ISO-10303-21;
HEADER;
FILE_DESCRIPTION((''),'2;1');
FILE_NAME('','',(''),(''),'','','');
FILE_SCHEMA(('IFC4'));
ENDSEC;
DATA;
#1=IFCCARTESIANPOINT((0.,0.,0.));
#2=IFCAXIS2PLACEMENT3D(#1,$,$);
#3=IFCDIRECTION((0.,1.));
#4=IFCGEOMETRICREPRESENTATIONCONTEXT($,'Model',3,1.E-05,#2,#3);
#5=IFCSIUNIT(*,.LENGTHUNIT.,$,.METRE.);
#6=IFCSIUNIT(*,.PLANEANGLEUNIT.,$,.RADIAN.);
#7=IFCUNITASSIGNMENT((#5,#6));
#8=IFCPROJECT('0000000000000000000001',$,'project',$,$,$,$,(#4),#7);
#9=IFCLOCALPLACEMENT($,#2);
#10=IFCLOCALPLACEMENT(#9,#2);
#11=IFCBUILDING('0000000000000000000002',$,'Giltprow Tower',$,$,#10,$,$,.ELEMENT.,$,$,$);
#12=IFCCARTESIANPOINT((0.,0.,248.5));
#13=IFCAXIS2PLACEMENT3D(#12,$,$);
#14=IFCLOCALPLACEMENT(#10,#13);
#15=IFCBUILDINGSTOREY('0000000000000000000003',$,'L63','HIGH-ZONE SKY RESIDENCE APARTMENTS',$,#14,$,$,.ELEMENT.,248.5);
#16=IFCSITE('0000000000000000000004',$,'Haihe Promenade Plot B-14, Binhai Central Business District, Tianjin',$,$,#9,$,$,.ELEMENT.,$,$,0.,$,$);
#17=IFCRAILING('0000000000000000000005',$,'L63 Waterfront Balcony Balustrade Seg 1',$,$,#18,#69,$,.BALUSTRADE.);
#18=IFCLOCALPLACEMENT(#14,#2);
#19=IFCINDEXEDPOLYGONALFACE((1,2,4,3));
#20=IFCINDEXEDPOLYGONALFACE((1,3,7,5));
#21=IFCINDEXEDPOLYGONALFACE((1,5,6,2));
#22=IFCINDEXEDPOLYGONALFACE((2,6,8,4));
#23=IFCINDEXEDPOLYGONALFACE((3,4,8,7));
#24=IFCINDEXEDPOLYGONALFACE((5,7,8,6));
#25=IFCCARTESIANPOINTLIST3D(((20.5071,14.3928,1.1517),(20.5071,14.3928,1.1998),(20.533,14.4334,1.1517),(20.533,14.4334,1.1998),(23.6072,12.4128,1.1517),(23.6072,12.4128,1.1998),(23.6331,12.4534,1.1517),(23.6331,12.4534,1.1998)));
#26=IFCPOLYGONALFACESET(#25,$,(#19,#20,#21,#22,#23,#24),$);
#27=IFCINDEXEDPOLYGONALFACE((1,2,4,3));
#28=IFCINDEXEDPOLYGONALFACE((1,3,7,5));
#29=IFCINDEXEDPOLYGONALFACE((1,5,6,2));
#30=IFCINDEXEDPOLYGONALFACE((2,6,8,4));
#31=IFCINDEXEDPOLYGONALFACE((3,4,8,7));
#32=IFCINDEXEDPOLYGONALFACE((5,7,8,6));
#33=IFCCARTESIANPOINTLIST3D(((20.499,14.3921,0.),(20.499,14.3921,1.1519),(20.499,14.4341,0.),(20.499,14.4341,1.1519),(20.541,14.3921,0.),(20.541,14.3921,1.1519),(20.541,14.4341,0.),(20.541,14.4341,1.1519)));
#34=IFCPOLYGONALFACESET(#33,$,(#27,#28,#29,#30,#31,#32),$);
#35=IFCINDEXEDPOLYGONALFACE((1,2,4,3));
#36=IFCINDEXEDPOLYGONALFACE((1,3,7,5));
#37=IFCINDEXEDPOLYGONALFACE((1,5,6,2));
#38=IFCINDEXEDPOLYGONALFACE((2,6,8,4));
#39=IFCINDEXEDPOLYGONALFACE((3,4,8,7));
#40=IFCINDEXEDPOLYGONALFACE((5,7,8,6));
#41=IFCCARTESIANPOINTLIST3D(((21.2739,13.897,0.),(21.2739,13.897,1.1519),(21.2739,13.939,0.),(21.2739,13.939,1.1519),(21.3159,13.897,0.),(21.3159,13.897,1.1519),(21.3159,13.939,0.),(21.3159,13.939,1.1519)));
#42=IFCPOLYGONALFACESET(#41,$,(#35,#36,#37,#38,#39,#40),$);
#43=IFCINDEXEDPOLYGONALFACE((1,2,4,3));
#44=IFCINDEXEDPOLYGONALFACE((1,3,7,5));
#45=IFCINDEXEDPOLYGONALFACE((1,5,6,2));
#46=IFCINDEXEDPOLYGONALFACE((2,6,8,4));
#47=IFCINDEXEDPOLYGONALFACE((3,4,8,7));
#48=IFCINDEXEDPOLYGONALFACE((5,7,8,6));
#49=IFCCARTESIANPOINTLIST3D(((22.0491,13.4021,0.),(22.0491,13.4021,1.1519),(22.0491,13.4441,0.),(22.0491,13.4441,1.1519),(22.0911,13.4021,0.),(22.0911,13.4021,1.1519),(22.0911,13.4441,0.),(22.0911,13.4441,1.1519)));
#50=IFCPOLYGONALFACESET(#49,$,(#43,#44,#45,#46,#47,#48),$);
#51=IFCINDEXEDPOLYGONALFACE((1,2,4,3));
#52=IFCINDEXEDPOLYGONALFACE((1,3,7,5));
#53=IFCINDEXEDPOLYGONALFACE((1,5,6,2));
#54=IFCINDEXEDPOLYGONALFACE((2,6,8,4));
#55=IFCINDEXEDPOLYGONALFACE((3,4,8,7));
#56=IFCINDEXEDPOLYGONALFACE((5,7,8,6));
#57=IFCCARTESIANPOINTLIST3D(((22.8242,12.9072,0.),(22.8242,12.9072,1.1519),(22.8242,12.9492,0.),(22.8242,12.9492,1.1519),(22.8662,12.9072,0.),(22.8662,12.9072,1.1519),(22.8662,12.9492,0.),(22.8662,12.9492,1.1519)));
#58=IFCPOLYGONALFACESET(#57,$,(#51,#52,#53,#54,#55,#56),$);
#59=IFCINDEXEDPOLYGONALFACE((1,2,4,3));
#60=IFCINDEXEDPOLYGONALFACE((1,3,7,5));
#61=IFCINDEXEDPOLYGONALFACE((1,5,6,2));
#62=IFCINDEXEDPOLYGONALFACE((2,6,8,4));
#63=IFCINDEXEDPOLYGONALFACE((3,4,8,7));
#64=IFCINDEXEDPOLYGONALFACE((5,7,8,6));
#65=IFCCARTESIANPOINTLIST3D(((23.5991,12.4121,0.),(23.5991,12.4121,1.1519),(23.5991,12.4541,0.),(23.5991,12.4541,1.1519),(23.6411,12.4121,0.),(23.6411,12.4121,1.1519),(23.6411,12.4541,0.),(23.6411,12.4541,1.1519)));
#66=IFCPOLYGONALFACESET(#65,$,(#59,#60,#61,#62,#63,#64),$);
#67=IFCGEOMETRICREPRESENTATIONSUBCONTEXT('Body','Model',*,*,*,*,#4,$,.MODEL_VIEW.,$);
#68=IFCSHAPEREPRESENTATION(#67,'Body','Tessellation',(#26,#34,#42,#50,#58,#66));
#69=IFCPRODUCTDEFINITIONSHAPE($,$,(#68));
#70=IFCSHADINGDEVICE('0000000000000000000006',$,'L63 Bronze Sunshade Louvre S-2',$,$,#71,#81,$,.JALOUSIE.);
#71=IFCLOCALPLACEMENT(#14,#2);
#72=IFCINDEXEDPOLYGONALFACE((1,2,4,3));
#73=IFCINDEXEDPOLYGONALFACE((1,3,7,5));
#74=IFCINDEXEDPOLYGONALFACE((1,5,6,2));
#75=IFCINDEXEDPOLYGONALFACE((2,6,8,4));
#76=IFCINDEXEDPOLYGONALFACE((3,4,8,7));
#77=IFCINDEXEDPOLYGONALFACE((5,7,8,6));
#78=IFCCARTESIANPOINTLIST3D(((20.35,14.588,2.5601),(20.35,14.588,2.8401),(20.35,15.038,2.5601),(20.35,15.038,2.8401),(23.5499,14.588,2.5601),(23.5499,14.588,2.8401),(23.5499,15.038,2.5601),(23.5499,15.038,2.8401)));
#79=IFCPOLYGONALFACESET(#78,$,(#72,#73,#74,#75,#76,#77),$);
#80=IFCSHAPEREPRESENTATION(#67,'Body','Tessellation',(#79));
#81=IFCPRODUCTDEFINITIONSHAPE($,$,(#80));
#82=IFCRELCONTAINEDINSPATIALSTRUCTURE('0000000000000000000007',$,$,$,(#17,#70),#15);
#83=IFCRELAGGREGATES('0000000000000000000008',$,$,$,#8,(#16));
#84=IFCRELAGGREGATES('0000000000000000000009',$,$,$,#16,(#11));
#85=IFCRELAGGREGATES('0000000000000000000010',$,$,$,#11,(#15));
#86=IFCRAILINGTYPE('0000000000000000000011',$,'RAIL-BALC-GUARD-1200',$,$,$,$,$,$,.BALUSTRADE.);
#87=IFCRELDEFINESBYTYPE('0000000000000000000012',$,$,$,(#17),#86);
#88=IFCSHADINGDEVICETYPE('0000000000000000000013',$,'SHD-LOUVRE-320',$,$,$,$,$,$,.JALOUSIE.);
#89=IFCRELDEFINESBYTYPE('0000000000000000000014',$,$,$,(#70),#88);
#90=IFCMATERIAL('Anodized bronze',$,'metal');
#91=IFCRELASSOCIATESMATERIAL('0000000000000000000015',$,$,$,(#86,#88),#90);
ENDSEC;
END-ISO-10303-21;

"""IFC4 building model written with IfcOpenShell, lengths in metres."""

from ifc_helpers import new_model, si_unit, direction, frame, origin, origin_2d, place, context, subcontext, project, spatial, rectangle, extrude, source, transform, mapped, material, type_object, element, save


model = new_model("IFC4")

# Units and contexts
model_context = context("Model", 3, precision=1e-05, world=origin(), true_north=direction((0.0, 1.0)))
body_context = subcontext(model_context, "Body", "Model", "MODEL_VIEW")
ifc_project = project(units=[si_unit("LENGTHUNIT", "METRE"), si_unit("PLANEANGLEUNIT", "RADIAN")], contexts=[model_context])

# Site, building, storey
site_placement = place(None, origin())
site = spatial("IfcSite", under=ifc_project, at=site_placement, Name="Haihe Promenade Plot B-14, Binhai Central Business District, Tianjin", CompositionType="ELEMENT", RefElevation=0.0)
building_placement = place(site_placement, origin())
building = spatial("IfcBuilding", under=site, at=building_placement, Name="Giltprow Tower", CompositionType="ELEMENT")
storey_placement = place(building_placement, frame((0.0, 0.0, 248.5)))
storey = spatial("IfcBuildingStorey", under=building, at=storey_placement, Name="L63", Description="HIGH-ZONE SKY RESIDENCE APARTMENTS", CompositionType="ELEMENT", Elevation=248.5)

# Shared definitions
ifc_material_1 = material(Name="Anodized bronze", Category="metal")

# Railing
railing_type = type_object("IfcRailingType", Name="RAIL-BALC-GUARD-1200", PredefinedType="BALUSTRADE", material=ifc_material_1)
railing_placement = place(storey_placement, frame((20.52, 14.4131, 0.0)))
element("IfcRailing", 1, at=railing_placement, inside=storey, type_object=railing_type, Name="L63 Waterfront Balcony Balustrade Seg 1", PredefinedType="BALUSTRADE", context=body_context, shape_type="SweptSolid", body=[
    extrude(rectangle(XDim=0.0481, YDim=0.0481, at=origin_2d()), frame((0.0, 0.0, 1.1758), z_axis=(0.842775, -0.538266, 0.0), x_axis=(0.538266, 0.842775, 0.0)), (0.0, 0.0, 1.0), 3.6785),
    extrude(rectangle(XDim=0.042, YDim=0.042, at=origin_2d()), origin(), (0.0, 0.0, 1.0), 1.1519),
    extrude(rectangle(XDim=0.042, YDim=0.042, at=origin_2d()), frame((0.7749, -0.4951, 0.0)), (0.0, 0.0, 1.0), 1.1519),
    extrude(rectangle(XDim=0.042, YDim=0.042, at=origin_2d()), frame((1.55, -0.99, 0.0)), (0.0, 0.0, 1.0), 1.1519),
    extrude(rectangle(XDim=0.042, YDim=0.042, at=origin_2d()), frame((2.3252, -1.4849, 0.0)), (0.0, 0.0, 1.0), 1.1519),
    extrude(rectangle(XDim=0.042, YDim=0.042, at=origin_2d()), frame((3.1001, -1.98, 0.0)), (0.0, 0.0, 1.0), 1.1519),
])

# Shading device
shading_device_type = type_object("IfcShadingDeviceType", Name="SHD-LOUVRE-320", PredefinedType="JALOUSIE", material=ifc_material_1)
shared_shape_1 = source(origin(), body_context, "Body", "SweptSolid", [
    extrude(rectangle(XDim=3.2, YDim=0.45, at=origin_2d()), origin(), (0.0, 0.0, 1.0), 0.28),
])
shading_device_placement = place(storey_placement, frame((21.95, 14.813, 2.5601), z_axis=(0.0, 0.0, 1.0), x_axis=(1.0, 0.0, 0.0)))
element("IfcShadingDevice", 2, at=shading_device_placement, inside=storey, type_object=shading_device_type, Name="L63 Bronze Sunshade Louvre S-2", PredefinedType="JALOUSIE", context=body_context, shape_type="MappedRepresentation", body=[
    mapped(shared_shape_1, transform((0.0, 0.0, 0.0), x_axis=(1.0, 0.0, 0.0), y_axis=(0.0, 1.0, 0.0), z_axis=(0.0, 0.0, 1.0), scale=1.0)),
])

save(model, "model.ifc")
